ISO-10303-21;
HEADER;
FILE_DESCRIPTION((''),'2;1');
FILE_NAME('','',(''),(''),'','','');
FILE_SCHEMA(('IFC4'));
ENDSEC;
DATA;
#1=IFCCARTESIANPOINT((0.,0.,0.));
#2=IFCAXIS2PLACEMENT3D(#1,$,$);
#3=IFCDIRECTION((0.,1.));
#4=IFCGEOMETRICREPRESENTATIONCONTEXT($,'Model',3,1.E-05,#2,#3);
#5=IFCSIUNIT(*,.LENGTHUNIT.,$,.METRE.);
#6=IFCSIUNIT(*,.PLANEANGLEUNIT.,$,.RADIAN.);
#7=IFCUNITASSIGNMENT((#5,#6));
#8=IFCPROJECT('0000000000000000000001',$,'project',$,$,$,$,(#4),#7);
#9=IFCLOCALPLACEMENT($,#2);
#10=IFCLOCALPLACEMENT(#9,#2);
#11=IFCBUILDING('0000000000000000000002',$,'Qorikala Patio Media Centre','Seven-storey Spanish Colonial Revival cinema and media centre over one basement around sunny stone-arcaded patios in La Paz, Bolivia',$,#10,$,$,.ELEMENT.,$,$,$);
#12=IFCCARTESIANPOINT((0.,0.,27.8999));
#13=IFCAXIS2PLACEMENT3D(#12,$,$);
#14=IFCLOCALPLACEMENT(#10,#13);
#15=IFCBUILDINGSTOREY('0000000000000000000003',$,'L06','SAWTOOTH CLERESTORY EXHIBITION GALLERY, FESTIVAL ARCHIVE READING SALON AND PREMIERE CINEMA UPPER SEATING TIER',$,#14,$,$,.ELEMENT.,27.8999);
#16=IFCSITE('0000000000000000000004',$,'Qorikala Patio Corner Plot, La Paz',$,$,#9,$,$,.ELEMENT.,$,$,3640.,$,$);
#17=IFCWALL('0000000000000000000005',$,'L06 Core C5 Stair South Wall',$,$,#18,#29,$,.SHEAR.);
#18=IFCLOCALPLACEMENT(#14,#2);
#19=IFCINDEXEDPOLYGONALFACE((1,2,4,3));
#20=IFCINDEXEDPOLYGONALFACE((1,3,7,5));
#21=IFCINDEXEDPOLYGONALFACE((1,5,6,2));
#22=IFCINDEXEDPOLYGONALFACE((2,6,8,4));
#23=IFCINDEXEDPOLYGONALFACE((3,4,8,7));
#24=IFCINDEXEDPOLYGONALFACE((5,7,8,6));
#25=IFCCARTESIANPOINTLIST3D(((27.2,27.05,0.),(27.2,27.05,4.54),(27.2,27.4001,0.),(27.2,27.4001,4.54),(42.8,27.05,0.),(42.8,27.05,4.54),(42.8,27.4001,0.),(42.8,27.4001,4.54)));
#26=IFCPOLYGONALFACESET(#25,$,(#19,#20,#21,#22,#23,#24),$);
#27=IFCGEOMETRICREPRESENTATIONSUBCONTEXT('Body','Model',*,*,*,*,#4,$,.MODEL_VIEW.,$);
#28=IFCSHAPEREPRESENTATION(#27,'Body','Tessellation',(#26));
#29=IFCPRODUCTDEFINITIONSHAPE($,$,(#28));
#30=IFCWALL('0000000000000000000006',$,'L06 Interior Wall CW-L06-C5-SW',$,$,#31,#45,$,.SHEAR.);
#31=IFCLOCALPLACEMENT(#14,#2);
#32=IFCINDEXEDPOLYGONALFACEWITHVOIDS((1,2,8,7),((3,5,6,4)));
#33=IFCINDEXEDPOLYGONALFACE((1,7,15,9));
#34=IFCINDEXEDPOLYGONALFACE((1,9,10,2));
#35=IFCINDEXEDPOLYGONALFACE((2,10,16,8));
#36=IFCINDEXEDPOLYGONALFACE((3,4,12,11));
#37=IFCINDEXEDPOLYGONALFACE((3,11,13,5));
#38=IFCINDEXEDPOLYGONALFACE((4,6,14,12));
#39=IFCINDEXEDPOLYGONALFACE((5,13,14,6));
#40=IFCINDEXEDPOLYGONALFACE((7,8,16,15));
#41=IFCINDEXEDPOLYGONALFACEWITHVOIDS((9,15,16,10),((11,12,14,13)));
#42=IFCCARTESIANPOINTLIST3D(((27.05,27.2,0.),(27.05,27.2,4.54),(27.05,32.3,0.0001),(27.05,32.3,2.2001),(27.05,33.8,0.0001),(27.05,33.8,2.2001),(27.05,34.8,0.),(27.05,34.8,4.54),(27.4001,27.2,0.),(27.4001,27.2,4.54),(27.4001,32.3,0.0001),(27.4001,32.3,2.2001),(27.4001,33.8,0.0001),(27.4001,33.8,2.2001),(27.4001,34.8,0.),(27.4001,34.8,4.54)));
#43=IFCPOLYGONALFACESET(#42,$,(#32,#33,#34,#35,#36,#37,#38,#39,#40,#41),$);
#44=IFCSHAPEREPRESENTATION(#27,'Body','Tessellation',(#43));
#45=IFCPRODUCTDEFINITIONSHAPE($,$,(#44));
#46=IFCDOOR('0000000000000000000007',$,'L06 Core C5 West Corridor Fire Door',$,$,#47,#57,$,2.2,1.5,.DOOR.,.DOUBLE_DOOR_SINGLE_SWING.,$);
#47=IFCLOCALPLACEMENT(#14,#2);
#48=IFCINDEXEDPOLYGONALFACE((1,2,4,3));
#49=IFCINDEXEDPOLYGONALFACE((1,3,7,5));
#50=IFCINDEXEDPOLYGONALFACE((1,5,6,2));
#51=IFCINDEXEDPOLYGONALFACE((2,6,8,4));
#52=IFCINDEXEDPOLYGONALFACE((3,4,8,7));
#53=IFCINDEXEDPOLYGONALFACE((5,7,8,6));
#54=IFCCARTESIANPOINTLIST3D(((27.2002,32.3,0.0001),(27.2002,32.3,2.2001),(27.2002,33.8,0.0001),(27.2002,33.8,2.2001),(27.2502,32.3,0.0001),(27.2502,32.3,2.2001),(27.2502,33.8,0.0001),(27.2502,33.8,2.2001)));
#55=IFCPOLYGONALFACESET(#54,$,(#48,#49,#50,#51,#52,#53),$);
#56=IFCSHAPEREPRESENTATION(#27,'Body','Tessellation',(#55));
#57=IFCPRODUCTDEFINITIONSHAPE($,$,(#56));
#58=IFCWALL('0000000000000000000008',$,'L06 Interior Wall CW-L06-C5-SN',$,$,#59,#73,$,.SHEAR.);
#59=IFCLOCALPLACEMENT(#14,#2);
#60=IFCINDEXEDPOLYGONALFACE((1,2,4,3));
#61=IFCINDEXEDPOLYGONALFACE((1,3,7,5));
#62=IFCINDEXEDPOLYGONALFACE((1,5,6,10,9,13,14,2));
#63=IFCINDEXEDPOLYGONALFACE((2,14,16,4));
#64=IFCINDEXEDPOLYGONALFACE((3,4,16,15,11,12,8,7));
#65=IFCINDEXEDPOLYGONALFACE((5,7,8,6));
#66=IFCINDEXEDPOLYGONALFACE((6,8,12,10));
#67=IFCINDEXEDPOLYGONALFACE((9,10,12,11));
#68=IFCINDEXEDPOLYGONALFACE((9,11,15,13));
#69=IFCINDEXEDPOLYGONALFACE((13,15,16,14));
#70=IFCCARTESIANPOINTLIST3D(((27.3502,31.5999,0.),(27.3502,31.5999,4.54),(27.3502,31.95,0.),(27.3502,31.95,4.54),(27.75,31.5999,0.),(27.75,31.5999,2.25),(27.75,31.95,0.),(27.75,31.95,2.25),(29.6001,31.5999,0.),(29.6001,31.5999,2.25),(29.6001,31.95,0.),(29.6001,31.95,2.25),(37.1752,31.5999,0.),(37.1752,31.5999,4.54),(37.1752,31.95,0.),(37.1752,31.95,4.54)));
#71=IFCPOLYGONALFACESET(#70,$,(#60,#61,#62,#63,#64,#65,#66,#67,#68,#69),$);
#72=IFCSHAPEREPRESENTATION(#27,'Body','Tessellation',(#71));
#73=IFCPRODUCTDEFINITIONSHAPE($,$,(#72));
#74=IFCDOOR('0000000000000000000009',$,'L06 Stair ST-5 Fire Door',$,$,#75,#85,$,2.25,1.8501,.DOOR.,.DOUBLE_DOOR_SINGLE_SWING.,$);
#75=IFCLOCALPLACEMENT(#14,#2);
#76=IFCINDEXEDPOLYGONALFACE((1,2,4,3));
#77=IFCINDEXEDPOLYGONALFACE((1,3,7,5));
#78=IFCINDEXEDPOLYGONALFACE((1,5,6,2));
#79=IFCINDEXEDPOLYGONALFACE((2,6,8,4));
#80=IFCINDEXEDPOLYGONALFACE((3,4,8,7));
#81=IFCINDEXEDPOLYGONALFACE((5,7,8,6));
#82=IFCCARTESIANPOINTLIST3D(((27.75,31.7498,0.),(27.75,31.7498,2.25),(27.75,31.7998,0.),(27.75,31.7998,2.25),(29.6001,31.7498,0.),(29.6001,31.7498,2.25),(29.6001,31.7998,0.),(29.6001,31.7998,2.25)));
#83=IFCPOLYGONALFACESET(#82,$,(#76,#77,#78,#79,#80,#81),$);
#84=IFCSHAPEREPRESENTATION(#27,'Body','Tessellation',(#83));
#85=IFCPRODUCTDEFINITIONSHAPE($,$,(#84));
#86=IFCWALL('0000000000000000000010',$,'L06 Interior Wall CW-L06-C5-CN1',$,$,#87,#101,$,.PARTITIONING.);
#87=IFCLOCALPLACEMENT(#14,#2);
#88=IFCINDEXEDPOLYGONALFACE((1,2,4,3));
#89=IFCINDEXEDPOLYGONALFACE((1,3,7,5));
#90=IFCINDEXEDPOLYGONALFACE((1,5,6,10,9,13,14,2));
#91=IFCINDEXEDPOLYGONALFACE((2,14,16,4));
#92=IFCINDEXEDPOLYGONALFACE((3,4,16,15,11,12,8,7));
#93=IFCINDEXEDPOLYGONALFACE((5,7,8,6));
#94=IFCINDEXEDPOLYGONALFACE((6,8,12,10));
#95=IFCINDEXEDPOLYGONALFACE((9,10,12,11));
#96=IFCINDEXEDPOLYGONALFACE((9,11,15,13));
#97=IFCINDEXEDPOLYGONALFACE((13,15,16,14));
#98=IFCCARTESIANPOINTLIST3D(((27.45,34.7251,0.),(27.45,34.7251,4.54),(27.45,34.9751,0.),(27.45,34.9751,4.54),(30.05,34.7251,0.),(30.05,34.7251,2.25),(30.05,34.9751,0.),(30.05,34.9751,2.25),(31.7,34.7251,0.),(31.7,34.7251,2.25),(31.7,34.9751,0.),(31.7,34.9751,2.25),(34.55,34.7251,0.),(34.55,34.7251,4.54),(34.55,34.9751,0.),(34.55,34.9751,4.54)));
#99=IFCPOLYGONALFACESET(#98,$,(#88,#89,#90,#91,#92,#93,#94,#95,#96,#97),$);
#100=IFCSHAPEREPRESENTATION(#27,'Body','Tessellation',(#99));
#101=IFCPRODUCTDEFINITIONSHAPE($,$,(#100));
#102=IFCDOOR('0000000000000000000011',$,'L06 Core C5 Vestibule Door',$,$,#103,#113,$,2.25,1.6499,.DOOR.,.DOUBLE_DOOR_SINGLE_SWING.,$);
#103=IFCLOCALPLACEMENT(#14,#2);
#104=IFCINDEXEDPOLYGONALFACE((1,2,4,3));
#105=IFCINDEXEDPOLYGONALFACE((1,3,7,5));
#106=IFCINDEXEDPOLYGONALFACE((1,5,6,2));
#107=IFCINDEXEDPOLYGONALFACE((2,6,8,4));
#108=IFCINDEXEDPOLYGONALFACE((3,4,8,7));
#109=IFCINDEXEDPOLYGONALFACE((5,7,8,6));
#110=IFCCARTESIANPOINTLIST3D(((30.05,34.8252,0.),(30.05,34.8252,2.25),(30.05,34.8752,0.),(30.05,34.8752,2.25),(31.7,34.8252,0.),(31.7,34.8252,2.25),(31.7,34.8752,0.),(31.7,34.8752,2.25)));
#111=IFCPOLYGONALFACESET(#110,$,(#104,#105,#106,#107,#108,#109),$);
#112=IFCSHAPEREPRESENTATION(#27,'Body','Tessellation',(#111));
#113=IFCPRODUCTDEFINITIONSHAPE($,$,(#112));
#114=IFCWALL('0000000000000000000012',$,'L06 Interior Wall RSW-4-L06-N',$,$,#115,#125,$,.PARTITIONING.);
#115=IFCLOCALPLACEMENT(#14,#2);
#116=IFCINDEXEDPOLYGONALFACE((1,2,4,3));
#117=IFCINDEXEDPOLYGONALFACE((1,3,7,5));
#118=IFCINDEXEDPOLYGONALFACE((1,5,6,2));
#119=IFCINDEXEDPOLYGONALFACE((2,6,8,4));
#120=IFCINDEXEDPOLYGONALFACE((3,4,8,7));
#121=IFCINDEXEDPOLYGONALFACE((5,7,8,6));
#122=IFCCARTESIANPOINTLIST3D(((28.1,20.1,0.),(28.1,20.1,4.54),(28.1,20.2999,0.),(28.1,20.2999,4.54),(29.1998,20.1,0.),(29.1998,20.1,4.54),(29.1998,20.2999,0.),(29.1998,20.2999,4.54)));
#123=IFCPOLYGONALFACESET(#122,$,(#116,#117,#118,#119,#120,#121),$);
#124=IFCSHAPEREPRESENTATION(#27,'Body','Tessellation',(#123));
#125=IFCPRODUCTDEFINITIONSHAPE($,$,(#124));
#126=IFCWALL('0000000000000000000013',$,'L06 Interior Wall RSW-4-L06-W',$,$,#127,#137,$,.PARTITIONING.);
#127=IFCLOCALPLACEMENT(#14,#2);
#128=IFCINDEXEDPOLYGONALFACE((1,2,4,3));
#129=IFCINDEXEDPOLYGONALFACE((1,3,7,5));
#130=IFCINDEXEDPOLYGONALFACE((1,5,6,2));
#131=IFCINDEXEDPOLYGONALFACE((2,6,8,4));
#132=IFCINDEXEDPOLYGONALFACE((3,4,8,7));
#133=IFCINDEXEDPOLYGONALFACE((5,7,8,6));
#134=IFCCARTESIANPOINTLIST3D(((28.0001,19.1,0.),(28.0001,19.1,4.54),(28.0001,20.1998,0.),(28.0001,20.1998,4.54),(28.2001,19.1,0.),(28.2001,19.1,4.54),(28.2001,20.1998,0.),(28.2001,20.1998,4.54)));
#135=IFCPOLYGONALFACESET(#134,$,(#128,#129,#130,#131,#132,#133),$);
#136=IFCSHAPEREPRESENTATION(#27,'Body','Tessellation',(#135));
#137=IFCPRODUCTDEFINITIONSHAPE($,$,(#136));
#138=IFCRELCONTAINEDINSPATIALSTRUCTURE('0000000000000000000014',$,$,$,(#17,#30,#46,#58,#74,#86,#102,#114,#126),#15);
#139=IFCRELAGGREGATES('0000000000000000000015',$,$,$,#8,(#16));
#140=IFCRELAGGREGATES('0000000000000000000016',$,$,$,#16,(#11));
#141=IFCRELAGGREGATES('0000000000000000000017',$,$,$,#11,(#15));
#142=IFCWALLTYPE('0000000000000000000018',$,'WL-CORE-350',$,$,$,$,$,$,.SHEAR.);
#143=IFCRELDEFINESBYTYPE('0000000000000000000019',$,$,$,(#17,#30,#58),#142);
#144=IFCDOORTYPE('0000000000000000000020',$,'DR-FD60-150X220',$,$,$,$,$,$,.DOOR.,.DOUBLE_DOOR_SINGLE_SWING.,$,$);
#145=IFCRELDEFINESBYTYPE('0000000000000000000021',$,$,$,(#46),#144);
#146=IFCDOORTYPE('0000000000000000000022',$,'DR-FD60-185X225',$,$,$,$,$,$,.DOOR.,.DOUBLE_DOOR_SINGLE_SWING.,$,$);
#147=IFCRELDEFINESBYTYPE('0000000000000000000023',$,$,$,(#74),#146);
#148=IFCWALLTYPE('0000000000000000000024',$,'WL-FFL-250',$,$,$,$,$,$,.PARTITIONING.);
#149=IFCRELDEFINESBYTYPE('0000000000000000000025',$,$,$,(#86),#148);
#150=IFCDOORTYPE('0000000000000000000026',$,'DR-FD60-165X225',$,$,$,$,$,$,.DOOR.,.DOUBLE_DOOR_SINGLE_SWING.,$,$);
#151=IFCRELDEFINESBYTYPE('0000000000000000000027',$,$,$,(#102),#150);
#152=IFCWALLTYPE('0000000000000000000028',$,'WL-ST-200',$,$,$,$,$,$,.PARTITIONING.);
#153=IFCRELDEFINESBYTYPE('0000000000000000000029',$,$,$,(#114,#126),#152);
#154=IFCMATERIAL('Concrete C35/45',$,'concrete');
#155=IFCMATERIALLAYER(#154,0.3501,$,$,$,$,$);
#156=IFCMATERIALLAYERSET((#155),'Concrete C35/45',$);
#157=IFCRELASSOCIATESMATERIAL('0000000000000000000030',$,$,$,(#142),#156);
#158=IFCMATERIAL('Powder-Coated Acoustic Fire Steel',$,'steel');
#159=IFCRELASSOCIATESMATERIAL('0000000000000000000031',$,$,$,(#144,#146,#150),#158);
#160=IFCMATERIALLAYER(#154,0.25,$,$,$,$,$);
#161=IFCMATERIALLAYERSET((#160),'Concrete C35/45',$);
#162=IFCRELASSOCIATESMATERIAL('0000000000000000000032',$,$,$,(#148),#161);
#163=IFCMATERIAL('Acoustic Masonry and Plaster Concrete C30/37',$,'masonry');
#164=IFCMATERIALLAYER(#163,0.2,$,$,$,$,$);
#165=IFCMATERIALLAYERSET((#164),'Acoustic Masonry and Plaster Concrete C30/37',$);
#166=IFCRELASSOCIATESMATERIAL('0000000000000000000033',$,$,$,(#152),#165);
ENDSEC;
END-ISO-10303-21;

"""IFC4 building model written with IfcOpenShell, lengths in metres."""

from ifc_helpers import new_model, si_unit, direction, frame, frame_2d, origin, place, context, subcontext, project, spatial, rectangle, extrude, material, layer, layer_set, type_object, element, fill, save


model = new_model("IFC4")

# Units and contexts
model_context = context("Model", 3, precision=1e-05, world=origin(), true_north=direction((0.0, 1.0)))
body_context = subcontext(model_context, "Body", "Model", "MODEL_VIEW")
ifc_project = project(units=[si_unit("LENGTHUNIT", "METRE"), si_unit("PLANEANGLEUNIT", "RADIAN")], contexts=[model_context])

# Site, building, storey
site_placement = place(None, origin())
site = spatial("IfcSite", under=ifc_project, at=site_placement, Name="Qorikala Patio Corner Plot, La Paz", CompositionType="ELEMENT", RefElevation=3640.0)
building_placement = place(site_placement, origin())
building = spatial("IfcBuilding", under=site, at=building_placement, Name="Qorikala Patio Media Centre", Description="Seven-storey Spanish Colonial Revival cinema and media centre over one basement around sunny stone-arcaded patios in La Paz, Bolivia", CompositionType="ELEMENT")
storey_placement = place(building_placement, frame((0.0, 0.0, 27.8999)))
storey = spatial("IfcBuildingStorey", under=building, at=storey_placement, Name="L06", Description="SAWTOOTH CLERESTORY EXHIBITION GALLERY, FESTIVAL ARCHIVE READING SALON AND PREMIERE CINEMA UPPER SEATING TIER", CompositionType="ELEMENT", Elevation=27.8999)

# Shared definitions
ifc_material_1 = material(Name="Concrete C35/45", Category="concrete")

# Wall
ifc_layer_1 = layer(ifc_material_1, 0.3501)
ifc_layer_set_1 = layer_set([ifc_layer_1], Name="Concrete C35/45")
wall_type_1 = type_object("IfcWallType", Name="WL-CORE-350", PredefinedType="SHEAR", material=ifc_layer_set_1)
wall_1_placement = place(storey_placement, frame((27.2, 27.2251, 0.0), z_axis=(0.0, 0.0, 1.0), x_axis=(1.0, 0.0, 0.0)))
element("IfcWall", 1, at=wall_1_placement, inside=storey, type_object=wall_type_1, Name="L06 Core C5 Stair South Wall", PredefinedType="SHEAR", context=body_context, shape_type="SweptSolid", body=[
    extrude(rectangle(XDim=15.6001, YDim=0.3501, at=frame_2d((7.8, 0.0))), origin(), (0.0, 0.0, 1.0), 4.54),
])

# Walls, openings, doors
wall_2_placement = place(storey_placement, frame((27.2251, 27.2, 0.0), z_axis=(0.0, 0.0, 1.0), x_axis=(0.0, 1.0, 0.0)))
wall_2 = element("IfcWall", 2, at=wall_2_placement, inside=storey, type_object=wall_type_1, Name="L06 Interior Wall CW-L06-C5-SW", PredefinedType="SHEAR", context=body_context, shape_type="SweptSolid", body=[
    extrude(rectangle(XDim=7.6001, YDim=0.3501, at=frame_2d((3.8, 0.0))), origin(), (0.0, 0.0, 1.0), 4.54),
])
opening_1_placement = place(wall_2_placement, frame((5.1001, 0.0, 0.0)))
opening_1 = element("IfcOpeningElement", 3, at=opening_1_placement, cuts=wall_2, PredefinedType="OPENING", context=body_context, shape_type="SweptSolid", body=[
    extrude(rectangle(XDim=1.5, YDim=2.2, at=frame_2d((0.75, 1.1001))), frame((0.0, 0.1851, 0.0), z_axis=(0.0, -1.0, 0.0), x_axis=(1.0, 0.0, 0.0)), (0.0, 0.0, 1.0), 0.3701),
])
ifc_material_2 = material(Name="Powder-Coated Acoustic Fire Steel", Category="steel")
door_type_1 = type_object("IfcDoorType", Name="DR-FD60-150X220", OperationType="DOUBLE_DOOR_SINGLE_SWING", PredefinedType="DOOR", material=ifc_material_2)
door_1_placement = place(opening_1_placement, origin())
door_1 = element("IfcDoor", 4, at=door_1_placement, inside=storey, type_object=door_type_1, Name="L06 Core C5 West Corridor Fire Door", OperationType="DOUBLE_DOOR_SINGLE_SWING", OverallHeight=2.2, OverallWidth=1.5, PredefinedType="DOOR", context=body_context, shape_type="SweptSolid", body=[
    extrude(rectangle(XDim=1.5, YDim=2.2, at=frame_2d((0.75, 1.1001))), frame((0.0, 0.0249, 0.0), z_axis=(0.0, -1.0, 0.0), x_axis=(1.0, 0.0, 0.0)), (0.0, 0.0, 1.0), 0.05),
])
fill(opening_1, door_1)
wall_3_placement = place(storey_placement, frame((27.3501, 31.7749, 0.0), z_axis=(0.0, 0.0, 1.0), x_axis=(1.0, 0.0, 0.0)))
wall_3 = element("IfcWall", 5, at=wall_3_placement, inside=storey, type_object=wall_type_1, Name="L06 Interior Wall CW-L06-C5-SN", PredefinedType="SHEAR", context=body_context, shape_type="SweptSolid", body=[
    extrude(rectangle(XDim=9.825, YDim=0.3501, at=frame_2d((4.9126, 0.0))), origin(), (0.0, 0.0, 1.0), 4.54),
])
opening_2_placement = place(wall_3_placement, frame((0.3999, 0.0, 0.0)))
opening_2 = element("IfcOpeningElement", 6, at=opening_2_placement, cuts=wall_3, PredefinedType="OPENING", context=body_context, shape_type="SweptSolid", body=[
    extrude(rectangle(XDim=1.8501, YDim=2.25, at=frame_2d((0.925, 1.125))), frame((0.0, 0.1851, 0.0), z_axis=(0.0, -1.0, 0.0), x_axis=(1.0, 0.0, 0.0)), (0.0, 0.0, 1.0), 0.3701),
])
door_type_2 = type_object("IfcDoorType", Name="DR-FD60-185X225", OperationType="DOUBLE_DOOR_SINGLE_SWING", PredefinedType="DOOR", material=ifc_material_2)
door_2_placement = place(opening_2_placement, origin())
door_2 = element("IfcDoor", 7, at=door_2_placement, inside=storey, type_object=door_type_2, Name="L06 Stair ST-5 Fire Door", OperationType="DOUBLE_DOOR_SINGLE_SWING", OverallHeight=2.25, OverallWidth=1.8501, PredefinedType="DOOR", context=body_context, shape_type="SweptSolid", body=[
    extrude(rectangle(XDim=1.8501, YDim=2.25, at=frame_2d((0.925, 1.125))), frame((0.0, 0.0249, 0.0), z_axis=(0.0, -1.0, 0.0), x_axis=(1.0, 0.0, 0.0)), (0.0, 0.0, 1.0), 0.05),
])
fill(opening_2, door_2)
ifc_layer_2 = layer(ifc_material_1, 0.25)
ifc_layer_set_2 = layer_set([ifc_layer_2], Name="Concrete C35/45")
wall_type_2 = type_object("IfcWallType", Name="WL-FFL-250", PredefinedType="PARTITIONING", material=ifc_layer_set_2)
wall_4_placement = place(storey_placement, frame((27.45, 34.8501, 0.0), z_axis=(0.0, 0.0, 1.0), x_axis=(1.0, 0.0, 0.0)))
wall_4 = element("IfcWall", 8, at=wall_4_placement, inside=storey, type_object=wall_type_2, Name="L06 Interior Wall CW-L06-C5-CN1", PredefinedType="PARTITIONING", context=body_context, shape_type="SweptSolid", body=[
    extrude(rectangle(XDim=7.1001, YDim=0.25, at=frame_2d((3.55, 0.0))), origin(), (0.0, 0.0, 1.0), 4.54),
])
opening_3_placement = place(wall_4_placement, frame((2.6001, 0.0, 0.0)))
opening_3 = element("IfcOpeningElement", 9, at=opening_3_placement, cuts=wall_4, PredefinedType="OPENING", context=body_context, shape_type="SweptSolid", body=[
    extrude(rectangle(XDim=1.6499, YDim=2.25, at=frame_2d((0.825, 1.125))), frame((0.0, 0.135, 0.0), z_axis=(0.0, -1.0, 0.0), x_axis=(1.0, 0.0, 0.0)), (0.0, 0.0, 1.0), 0.27),
])
door_type_3 = type_object("IfcDoorType", Name="DR-FD60-165X225", OperationType="DOUBLE_DOOR_SINGLE_SWING", PredefinedType="DOOR", material=ifc_material_2)
door_3_placement = place(opening_3_placement, frame((1.6499, 0.0, 0.0), z_axis=(0.0, 0.0, 1.0), x_axis=(-1.0, 0.0, 0.0)))
door_3 = element("IfcDoor", 10, at=door_3_placement, inside=storey, type_object=door_type_3, Name="L06 Core C5 Vestibule Door", OperationType="DOUBLE_DOOR_SINGLE_SWING", OverallHeight=2.25, OverallWidth=1.6499, PredefinedType="DOOR", context=body_context, shape_type="SweptSolid", body=[
    extrude(rectangle(XDim=1.6499, YDim=2.25, at=frame_2d((0.825, 1.125))), frame((0.0, 0.0249, 0.0), z_axis=(0.0, -1.0, 0.0), x_axis=(1.0, 0.0, 0.0)), (0.0, 0.0, 1.0), 0.05),
])
fill(opening_3, door_3)

# Walls
ifc_material_3 = material(Name="Acoustic Masonry and Plaster Concrete C30/37", Category="masonry")
ifc_layer_3 = layer(ifc_material_3, 0.2)
ifc_layer_set_3 = layer_set([ifc_layer_3], Name="Acoustic Masonry and Plaster Concrete C30/37")
wall_type_3 = type_object("IfcWallType", Name="WL-ST-200", PredefinedType="PARTITIONING", material=ifc_layer_set_3)
for number, where, z_axis, x_axis, name in (
    (11, (28.1001, 20.2, 0.0), (0.0, 0.0, 1.0), (1.0, 0.0, 0.0), "L06 Interior Wall RSW-4-L06-N"),
    (12, (28.1001, 19.1001, 0.0), (0.0, 0.0, 1.0), (0.0, 1.0, 0.0), "L06 Interior Wall RSW-4-L06-W"),
):
    element("IfcWall", number, at=place(storey_placement, frame(where, z_axis=z_axis, x_axis=x_axis)), inside=storey, type_object=wall_type_3, Name=name, PredefinedType="PARTITIONING", context=body_context, shape_type="SweptSolid", body=[
        extrude(rectangle(XDim=1.0999, YDim=0.2, at=frame_2d((0.5498, 0.0))), origin(), (0.0, 0.0, 1.0), 4.54),
    ])

save(model, "model.ifc")
